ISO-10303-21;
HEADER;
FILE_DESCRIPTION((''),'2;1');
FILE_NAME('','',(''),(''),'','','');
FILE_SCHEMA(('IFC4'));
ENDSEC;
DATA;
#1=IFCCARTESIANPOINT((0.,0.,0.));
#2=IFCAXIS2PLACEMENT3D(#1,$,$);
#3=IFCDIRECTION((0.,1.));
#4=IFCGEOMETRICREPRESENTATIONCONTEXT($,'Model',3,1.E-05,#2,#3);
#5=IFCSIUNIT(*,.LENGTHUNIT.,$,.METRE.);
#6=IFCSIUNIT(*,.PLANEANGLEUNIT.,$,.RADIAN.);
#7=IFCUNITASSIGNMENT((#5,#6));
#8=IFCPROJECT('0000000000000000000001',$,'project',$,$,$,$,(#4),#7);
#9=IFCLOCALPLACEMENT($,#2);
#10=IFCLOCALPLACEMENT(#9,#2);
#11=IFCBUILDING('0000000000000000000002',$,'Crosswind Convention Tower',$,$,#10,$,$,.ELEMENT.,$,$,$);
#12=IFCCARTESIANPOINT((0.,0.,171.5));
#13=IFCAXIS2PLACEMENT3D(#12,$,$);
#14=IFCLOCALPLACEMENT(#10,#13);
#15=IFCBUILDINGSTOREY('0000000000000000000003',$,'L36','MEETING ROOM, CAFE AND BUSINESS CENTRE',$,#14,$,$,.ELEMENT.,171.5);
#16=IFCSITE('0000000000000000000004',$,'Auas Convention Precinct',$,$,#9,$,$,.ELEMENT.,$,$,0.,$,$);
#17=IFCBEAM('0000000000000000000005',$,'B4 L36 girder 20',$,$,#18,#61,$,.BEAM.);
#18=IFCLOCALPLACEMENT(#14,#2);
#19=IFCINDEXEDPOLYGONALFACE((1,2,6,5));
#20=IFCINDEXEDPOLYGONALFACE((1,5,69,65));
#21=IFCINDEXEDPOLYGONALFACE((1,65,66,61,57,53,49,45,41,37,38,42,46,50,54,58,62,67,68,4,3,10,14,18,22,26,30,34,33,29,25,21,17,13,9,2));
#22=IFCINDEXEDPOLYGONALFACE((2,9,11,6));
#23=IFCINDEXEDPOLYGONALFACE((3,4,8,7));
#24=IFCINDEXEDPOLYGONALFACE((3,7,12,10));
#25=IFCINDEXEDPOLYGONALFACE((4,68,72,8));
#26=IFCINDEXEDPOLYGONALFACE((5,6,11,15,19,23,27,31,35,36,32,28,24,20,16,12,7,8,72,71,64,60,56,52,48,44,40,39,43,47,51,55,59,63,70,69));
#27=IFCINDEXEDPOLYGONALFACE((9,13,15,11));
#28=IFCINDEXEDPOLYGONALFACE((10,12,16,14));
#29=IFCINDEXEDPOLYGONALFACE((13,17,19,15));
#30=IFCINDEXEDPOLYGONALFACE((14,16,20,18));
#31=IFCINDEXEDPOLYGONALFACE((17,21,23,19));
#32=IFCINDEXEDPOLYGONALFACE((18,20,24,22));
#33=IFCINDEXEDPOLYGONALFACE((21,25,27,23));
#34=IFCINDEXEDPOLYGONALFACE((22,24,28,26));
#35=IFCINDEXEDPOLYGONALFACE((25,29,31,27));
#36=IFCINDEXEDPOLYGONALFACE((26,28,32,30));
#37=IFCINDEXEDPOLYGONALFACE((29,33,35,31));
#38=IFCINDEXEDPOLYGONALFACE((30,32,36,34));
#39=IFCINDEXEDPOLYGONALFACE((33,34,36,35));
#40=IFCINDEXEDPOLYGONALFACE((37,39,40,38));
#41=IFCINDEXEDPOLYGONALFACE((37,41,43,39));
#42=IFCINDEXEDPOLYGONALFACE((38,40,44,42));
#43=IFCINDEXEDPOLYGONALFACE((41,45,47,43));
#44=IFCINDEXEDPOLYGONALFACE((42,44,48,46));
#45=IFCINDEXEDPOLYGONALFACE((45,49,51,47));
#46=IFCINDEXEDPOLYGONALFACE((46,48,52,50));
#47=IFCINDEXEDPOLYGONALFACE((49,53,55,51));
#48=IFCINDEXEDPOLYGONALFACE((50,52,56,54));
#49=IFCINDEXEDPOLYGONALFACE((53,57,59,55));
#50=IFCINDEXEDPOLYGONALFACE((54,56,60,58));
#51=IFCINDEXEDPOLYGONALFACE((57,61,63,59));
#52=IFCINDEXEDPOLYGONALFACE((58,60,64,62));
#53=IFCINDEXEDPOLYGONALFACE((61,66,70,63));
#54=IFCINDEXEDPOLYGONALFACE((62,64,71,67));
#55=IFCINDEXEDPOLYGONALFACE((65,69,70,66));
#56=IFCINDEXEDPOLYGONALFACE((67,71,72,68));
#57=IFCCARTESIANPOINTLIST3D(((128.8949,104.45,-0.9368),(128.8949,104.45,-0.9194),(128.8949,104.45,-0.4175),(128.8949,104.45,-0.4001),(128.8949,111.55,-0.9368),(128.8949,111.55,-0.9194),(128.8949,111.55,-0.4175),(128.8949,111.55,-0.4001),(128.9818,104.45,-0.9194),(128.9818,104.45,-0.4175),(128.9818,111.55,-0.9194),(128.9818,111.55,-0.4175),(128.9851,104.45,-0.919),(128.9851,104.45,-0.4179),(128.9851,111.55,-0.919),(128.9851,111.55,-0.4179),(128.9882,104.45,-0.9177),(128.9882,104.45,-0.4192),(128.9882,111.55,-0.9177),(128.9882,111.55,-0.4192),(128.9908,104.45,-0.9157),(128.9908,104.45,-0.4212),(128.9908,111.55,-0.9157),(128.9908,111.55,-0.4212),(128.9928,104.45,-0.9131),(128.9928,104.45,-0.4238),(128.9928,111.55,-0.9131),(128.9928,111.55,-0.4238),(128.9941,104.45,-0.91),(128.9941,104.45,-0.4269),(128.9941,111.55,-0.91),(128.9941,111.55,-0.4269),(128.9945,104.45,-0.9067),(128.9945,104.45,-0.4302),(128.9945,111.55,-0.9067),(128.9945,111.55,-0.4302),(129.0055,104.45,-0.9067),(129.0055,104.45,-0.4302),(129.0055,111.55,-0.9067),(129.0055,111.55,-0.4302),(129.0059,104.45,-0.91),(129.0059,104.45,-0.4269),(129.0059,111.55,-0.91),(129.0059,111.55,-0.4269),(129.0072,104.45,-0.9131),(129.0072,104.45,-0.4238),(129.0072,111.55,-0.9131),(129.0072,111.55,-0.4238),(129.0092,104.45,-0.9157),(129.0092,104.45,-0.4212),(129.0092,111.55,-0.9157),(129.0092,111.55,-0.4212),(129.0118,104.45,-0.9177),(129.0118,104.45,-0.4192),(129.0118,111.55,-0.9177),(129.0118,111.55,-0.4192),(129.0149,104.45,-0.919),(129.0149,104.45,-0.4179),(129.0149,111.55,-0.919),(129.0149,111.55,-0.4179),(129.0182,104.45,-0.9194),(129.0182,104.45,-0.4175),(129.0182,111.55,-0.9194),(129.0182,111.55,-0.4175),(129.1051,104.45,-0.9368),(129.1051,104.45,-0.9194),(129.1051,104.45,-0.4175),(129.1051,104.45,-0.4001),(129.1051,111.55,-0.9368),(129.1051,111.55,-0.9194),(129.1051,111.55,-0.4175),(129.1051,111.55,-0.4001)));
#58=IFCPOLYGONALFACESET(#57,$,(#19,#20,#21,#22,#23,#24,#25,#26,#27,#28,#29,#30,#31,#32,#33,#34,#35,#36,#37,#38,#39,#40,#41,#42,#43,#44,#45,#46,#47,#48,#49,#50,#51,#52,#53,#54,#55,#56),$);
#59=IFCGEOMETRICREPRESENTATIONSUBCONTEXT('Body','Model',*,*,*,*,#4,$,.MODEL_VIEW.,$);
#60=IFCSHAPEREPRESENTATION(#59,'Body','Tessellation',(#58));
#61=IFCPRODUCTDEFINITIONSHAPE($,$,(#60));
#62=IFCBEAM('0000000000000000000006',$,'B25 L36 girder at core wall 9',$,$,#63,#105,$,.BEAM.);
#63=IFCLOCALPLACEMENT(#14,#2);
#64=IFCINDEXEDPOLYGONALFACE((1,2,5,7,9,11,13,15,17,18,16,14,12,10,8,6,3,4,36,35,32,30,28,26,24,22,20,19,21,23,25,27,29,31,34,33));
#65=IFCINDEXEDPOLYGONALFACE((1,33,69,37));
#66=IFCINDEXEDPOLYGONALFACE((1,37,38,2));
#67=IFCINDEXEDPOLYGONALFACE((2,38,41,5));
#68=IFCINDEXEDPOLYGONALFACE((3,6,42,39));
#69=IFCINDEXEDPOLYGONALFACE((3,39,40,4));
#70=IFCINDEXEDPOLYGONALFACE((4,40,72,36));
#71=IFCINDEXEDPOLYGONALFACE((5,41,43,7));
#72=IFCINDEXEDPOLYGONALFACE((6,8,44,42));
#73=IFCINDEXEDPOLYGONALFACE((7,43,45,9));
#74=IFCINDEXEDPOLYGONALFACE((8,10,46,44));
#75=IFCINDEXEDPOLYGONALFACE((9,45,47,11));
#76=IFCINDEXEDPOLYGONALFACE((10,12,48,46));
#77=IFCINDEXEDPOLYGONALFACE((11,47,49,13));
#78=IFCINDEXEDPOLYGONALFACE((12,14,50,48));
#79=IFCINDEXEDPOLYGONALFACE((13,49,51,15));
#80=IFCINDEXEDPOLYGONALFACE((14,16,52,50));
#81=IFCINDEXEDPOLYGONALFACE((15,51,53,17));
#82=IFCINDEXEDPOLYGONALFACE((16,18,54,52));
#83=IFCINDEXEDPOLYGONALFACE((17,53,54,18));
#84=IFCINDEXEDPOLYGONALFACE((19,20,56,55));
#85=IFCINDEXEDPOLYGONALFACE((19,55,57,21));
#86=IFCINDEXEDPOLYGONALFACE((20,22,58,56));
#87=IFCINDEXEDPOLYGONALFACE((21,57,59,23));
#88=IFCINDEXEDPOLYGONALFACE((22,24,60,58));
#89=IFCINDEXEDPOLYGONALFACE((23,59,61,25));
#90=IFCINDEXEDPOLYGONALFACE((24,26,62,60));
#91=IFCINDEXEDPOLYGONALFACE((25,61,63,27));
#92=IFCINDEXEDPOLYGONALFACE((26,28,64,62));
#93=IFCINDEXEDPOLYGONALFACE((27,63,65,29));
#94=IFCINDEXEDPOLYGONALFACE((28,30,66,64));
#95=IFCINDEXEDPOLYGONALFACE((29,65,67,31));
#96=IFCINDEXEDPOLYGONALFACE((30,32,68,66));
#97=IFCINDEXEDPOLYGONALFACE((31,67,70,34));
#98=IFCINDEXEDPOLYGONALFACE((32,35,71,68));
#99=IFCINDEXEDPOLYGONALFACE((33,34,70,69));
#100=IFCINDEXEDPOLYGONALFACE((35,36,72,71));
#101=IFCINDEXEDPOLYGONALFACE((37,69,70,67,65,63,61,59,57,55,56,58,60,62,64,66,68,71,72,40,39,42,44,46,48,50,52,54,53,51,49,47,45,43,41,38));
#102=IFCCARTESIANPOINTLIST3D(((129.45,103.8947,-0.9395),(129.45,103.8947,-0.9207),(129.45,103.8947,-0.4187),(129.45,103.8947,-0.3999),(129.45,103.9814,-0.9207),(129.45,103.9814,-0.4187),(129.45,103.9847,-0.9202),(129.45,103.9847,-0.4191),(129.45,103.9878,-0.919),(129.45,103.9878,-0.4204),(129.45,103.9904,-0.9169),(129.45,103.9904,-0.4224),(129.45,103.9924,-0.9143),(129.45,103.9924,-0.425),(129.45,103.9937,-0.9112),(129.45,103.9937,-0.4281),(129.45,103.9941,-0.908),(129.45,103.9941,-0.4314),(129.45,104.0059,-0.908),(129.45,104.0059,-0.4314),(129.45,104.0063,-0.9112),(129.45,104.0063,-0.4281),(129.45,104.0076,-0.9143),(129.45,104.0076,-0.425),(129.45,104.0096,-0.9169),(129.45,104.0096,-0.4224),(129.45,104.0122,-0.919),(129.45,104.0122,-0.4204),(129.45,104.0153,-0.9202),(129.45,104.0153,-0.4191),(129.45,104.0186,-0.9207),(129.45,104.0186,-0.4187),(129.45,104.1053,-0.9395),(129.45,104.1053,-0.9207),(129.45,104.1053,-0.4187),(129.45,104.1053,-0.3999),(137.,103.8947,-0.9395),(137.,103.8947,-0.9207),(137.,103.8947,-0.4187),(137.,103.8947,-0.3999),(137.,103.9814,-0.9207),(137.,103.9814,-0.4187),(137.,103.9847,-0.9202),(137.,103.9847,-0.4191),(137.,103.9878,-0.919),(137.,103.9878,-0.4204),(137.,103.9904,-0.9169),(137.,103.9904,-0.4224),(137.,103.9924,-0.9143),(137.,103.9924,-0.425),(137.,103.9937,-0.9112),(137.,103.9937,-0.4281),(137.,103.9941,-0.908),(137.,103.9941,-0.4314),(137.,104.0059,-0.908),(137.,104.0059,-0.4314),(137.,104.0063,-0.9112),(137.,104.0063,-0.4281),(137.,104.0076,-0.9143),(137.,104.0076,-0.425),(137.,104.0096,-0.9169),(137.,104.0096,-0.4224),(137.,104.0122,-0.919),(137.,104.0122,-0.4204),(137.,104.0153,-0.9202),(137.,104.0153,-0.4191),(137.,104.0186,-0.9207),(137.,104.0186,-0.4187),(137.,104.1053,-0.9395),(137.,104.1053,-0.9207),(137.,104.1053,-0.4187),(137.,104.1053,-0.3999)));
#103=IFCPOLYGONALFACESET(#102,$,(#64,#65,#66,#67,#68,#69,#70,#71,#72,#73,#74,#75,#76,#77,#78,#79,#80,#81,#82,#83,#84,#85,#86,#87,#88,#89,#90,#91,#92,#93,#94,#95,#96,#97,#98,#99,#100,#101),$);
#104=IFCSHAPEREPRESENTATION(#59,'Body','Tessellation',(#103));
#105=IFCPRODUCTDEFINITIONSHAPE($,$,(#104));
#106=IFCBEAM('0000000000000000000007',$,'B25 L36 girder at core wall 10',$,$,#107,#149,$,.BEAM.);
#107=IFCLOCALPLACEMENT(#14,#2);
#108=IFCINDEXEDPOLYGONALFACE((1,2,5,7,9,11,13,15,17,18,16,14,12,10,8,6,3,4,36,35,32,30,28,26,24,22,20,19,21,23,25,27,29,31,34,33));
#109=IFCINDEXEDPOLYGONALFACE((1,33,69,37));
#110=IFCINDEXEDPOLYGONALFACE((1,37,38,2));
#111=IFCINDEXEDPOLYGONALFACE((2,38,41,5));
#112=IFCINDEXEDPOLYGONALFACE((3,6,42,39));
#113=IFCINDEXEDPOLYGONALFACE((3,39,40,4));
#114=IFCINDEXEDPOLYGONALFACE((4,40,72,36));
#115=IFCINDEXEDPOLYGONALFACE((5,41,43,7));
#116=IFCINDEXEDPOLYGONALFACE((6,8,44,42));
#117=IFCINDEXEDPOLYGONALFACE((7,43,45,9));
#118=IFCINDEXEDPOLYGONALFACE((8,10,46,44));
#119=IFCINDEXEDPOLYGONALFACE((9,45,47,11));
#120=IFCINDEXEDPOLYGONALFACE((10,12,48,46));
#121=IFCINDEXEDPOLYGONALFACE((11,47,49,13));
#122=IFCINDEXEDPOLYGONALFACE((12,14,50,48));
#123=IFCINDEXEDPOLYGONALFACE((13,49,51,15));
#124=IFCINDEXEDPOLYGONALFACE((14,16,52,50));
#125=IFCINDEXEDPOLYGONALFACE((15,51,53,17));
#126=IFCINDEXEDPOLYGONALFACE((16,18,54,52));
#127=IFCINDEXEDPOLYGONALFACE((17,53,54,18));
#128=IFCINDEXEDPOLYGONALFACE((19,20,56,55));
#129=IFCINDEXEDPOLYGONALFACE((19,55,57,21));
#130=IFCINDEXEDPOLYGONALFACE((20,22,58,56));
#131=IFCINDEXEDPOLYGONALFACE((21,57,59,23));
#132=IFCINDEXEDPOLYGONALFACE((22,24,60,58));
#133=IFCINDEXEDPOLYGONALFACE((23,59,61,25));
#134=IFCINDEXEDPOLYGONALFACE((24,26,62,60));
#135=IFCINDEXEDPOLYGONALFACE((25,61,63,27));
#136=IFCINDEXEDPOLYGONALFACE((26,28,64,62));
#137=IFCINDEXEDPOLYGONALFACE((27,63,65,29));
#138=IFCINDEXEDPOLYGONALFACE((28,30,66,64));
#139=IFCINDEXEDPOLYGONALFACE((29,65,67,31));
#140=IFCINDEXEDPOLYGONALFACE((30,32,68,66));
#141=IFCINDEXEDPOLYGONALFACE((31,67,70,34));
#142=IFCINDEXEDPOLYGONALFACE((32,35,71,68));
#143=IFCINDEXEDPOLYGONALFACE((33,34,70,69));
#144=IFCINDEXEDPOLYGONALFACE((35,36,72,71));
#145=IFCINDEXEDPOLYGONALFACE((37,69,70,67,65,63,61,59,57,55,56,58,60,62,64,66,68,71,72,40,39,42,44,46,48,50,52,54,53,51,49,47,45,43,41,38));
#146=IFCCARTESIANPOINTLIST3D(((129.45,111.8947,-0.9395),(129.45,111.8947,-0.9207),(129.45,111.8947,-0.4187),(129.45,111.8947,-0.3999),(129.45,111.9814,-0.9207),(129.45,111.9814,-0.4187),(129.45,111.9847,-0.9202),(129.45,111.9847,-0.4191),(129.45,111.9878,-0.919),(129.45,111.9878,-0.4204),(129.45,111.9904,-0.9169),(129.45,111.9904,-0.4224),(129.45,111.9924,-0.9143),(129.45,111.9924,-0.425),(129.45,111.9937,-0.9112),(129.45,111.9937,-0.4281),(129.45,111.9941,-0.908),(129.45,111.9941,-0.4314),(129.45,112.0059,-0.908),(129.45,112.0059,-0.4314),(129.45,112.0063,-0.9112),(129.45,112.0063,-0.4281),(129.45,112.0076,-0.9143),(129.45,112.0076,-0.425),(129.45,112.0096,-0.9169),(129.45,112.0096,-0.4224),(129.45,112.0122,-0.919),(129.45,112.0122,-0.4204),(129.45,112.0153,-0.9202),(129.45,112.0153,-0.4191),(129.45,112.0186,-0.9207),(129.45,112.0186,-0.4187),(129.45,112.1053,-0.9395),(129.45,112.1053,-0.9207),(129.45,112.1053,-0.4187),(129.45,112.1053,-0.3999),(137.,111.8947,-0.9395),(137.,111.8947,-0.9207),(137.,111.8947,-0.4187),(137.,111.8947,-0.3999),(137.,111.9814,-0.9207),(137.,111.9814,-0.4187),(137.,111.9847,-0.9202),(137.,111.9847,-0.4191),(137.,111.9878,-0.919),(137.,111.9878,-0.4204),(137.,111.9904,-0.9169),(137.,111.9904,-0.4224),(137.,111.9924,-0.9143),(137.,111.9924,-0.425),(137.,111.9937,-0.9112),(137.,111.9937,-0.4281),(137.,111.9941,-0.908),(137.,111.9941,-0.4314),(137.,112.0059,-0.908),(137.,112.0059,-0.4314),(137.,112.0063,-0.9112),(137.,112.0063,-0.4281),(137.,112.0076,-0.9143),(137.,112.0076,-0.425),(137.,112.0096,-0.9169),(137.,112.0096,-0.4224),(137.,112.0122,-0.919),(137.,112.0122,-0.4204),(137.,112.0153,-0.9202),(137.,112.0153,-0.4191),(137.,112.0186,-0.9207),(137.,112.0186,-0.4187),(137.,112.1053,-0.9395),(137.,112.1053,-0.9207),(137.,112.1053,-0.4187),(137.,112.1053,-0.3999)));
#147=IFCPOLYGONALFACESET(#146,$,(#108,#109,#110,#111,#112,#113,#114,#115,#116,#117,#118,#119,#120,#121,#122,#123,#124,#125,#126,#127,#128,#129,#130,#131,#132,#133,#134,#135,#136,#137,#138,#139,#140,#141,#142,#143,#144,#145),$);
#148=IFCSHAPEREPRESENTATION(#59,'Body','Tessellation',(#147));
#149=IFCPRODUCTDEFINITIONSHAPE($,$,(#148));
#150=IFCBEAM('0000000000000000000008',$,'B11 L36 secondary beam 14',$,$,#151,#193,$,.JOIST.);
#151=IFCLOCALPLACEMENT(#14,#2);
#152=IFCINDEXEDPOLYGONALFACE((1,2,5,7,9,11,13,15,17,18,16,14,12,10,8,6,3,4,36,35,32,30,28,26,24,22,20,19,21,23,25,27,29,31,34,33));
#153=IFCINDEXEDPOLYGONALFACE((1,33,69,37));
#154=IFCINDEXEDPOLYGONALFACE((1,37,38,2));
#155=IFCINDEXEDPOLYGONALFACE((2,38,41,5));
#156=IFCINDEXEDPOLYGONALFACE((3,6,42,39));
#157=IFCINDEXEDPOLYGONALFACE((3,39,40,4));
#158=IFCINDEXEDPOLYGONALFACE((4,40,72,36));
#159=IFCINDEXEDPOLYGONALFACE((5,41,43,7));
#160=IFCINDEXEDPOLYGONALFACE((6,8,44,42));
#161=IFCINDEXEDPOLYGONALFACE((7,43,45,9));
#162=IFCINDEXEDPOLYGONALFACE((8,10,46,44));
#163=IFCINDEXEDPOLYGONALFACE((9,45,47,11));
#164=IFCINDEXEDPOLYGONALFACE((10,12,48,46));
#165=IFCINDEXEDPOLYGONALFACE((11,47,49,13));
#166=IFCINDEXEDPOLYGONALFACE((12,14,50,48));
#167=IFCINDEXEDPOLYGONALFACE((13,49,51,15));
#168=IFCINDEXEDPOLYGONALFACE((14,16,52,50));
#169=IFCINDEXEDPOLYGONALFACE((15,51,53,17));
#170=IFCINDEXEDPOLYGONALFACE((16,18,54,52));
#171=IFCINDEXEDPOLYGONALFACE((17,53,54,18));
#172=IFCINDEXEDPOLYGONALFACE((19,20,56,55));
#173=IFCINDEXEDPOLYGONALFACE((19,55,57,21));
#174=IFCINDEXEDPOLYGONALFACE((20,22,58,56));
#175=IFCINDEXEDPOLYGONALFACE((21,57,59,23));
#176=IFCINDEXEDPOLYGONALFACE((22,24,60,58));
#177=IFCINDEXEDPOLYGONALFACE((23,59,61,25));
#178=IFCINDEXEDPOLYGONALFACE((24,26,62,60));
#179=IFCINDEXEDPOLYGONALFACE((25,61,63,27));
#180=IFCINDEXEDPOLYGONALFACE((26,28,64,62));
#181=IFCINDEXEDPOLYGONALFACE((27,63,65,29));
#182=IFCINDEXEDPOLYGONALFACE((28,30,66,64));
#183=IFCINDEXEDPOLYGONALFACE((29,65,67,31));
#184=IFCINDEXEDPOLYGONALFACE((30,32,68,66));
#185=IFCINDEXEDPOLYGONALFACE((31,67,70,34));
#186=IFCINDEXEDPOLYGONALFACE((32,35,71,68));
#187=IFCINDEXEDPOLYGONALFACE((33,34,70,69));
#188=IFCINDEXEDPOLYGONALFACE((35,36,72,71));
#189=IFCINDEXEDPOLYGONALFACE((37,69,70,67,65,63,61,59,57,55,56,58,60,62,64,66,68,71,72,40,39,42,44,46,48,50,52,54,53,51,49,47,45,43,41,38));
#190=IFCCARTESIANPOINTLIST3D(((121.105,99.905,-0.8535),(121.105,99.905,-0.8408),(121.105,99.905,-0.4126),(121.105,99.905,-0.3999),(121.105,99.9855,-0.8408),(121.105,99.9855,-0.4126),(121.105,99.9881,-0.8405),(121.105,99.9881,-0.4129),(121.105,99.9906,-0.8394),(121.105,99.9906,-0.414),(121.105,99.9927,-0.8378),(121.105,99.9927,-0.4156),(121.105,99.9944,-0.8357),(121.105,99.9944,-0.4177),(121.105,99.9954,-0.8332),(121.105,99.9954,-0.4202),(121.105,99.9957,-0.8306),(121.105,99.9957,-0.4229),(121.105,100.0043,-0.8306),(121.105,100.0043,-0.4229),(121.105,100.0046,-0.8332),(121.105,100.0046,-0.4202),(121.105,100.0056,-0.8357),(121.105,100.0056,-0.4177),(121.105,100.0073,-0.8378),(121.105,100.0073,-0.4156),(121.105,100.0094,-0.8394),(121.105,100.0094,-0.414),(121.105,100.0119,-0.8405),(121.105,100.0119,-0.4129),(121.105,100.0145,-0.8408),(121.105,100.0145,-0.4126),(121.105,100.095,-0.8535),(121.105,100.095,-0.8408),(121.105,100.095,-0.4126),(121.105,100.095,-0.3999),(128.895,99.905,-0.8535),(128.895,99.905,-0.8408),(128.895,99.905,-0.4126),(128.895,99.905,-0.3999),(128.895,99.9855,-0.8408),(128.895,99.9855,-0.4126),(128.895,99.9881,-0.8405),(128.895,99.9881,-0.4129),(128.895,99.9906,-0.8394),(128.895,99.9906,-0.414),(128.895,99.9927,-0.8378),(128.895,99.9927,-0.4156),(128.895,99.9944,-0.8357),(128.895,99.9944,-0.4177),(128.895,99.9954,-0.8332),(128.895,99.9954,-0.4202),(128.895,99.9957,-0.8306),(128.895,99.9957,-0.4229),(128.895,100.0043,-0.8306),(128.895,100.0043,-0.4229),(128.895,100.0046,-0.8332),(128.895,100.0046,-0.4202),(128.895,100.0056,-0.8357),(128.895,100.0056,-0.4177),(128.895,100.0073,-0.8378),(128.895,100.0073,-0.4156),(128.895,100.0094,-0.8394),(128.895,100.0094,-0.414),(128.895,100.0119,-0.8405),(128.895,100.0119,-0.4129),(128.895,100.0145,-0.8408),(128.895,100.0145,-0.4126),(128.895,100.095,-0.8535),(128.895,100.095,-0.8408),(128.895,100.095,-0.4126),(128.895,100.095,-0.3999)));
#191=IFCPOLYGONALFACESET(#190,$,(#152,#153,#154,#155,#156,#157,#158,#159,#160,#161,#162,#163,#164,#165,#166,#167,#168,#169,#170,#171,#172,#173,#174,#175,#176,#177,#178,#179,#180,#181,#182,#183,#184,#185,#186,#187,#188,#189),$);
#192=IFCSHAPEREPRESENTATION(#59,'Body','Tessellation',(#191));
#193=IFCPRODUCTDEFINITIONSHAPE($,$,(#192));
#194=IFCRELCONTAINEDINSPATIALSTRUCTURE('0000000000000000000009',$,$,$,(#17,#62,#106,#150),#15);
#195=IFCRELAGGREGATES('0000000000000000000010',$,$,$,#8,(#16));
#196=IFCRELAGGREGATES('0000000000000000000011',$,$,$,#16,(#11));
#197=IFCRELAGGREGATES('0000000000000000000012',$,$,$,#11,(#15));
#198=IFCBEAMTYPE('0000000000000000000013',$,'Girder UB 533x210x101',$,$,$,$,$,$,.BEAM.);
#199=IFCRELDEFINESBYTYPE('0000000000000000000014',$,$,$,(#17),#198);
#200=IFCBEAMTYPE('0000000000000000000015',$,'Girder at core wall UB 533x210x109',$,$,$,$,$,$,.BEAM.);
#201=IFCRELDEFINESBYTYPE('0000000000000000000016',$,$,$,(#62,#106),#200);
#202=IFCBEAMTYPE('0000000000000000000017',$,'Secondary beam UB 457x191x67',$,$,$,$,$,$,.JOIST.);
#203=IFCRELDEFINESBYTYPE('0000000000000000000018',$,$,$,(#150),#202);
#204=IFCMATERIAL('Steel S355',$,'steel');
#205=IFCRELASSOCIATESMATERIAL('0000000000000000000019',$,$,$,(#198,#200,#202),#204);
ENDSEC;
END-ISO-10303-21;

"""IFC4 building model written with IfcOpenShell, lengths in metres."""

from ifc_helpers import new_model, si_unit, direction, frame, origin, origin_2d, place, context, subcontext, project, spatial, i_section, extrude, material, material_profile, profile_set, type_object, element, save


model = new_model("IFC4")

# Units and contexts
model_context = context("Model", 3, precision=1e-05, world=origin(), true_north=direction((0.0, 1.0)))
body_context = subcontext(model_context, "Body", "Model", "MODEL_VIEW")
ifc_project = project(units=[si_unit("LENGTHUNIT", "METRE"), si_unit("PLANEANGLEUNIT", "RADIAN")], contexts=[model_context])

# Site, building, storey
site_placement = place(None, origin())
site = spatial("IfcSite", under=ifc_project, at=site_placement, Name="Auas Convention Precinct", CompositionType="ELEMENT", RefElevation=0.0)
building_placement = place(site_placement, origin())
building = spatial("IfcBuilding", under=site, at=building_placement, Name="Crosswind Convention Tower", CompositionType="ELEMENT")
storey_placement = place(building_placement, frame((0.0, 0.0, 171.5)))
storey = spatial("IfcBuildingStorey", under=building, at=storey_placement, Name="L36", Description="MEETING ROOM, CAFE AND BUSINESS CENTRE", CompositionType="ELEMENT", Elevation=171.5)

# Beams
ifc_material_1 = material(Name="Steel S355", Category="steel")
ifc_material_profile_1 = material_profile(ifc_material_1, i_section(OverallWidth=0.2102, OverallDepth=0.5366, WebThickness=0.011, FlangeThickness=0.0173, FilletRadius=0.0127, at=origin_2d()), Name="UB 533x210x101")
ifc_profile_set_1 = profile_set([ifc_material_profile_1], Name="Steel S355")
beam_type_1 = type_object("IfcBeamType", Name="Girder UB 533x210x101", PredefinedType="BEAM", material=ifc_profile_set_1)
for number, where, z_axis, x_axis, name in (
    (1, (129.0, 104.45, -0.6685), (0.0, 1.0, 0.0), (-1.0, 0.0, 0.0), "B4 L36 girder 20"),
):
    element("IfcBeam", number, at=place(storey_placement, frame(where, z_axis=z_axis, x_axis=x_axis)), inside=storey, type_object=beam_type_1, Name=name, PredefinedType="BEAM", context=body_context, shape_type="SweptSolid", body=[
        extrude(i_section(OverallWidth=0.2102, OverallDepth=0.5366, WebThickness=0.011, FlangeThickness=0.0173, FilletRadius=0.0127, at=origin_2d()), origin(), (0.0, 0.0, 1.0), 7.1001),
    ])
ifc_material_profile_2 = material_profile(ifc_material_1, i_section(OverallWidth=0.2107, OverallDepth=0.5396, WebThickness=0.0117, FlangeThickness=0.0188, FilletRadius=0.0127, at=origin_2d()), Name="UB 533x210x109")
ifc_profile_set_2 = profile_set([ifc_material_profile_2], Name="Steel S355")
beam_type_2 = type_object("IfcBeamType", Name="Girder at core wall UB 533x210x109", PredefinedType="BEAM", material=ifc_profile_set_2)
for number, where, z_axis, x_axis, name in (
    (2, (129.45, 104.0, -0.6697), (1.0, 0.0, 0.0), (0.0, 1.0, 0.0), "B25 L36 girder at core wall 9"),
    (3, (129.45, 112.0, -0.6697), (1.0, 0.0, 0.0), (0.0, 1.0, 0.0), "B25 L36 girder at core wall 10"),
):
    element("IfcBeam", number, at=place(storey_placement, frame(where, z_axis=z_axis, x_axis=x_axis)), inside=storey, type_object=beam_type_2, Name=name, PredefinedType="BEAM", context=body_context, shape_type="SweptSolid", body=[
        extrude(i_section(OverallWidth=0.2107, OverallDepth=0.5396, WebThickness=0.0117, FlangeThickness=0.0188, FilletRadius=0.0127, at=origin_2d()), origin(), (0.0, 0.0, 1.0), 7.55),
    ])
ifc_material_profile_3 = material_profile(ifc_material_1, i_section(OverallWidth=0.1899, OverallDepth=0.4536, WebThickness=0.0085, FlangeThickness=0.0127, FilletRadius=0.0103, at=origin_2d()), Name="UB 457x191x67")
ifc_profile_set_3 = profile_set([ifc_material_profile_3], Name="Steel S355")
beam_type_3 = type_object("IfcBeamType", Name="Secondary beam UB 457x191x67", PredefinedType="JOIST", material=ifc_profile_set_3)
for number, where, z_axis, x_axis, name in (
    (4, (121.105, 100.0, -0.6267), (1.0, 0.0, 0.0), (0.0, 1.0, 0.0), "B11 L36 secondary beam 14"),
):
    element("IfcBeam", number, at=place(storey_placement, frame(where, z_axis=z_axis, x_axis=x_axis)), inside=storey, type_object=beam_type_3, Name=name, PredefinedType="JOIST", context=body_context, shape_type="SweptSolid", body=[
        extrude(i_section(OverallWidth=0.1899, OverallDepth=0.4536, WebThickness=0.0085, FlangeThickness=0.0127, FilletRadius=0.0103, at=origin_2d()), origin(), (0.0, 0.0, 1.0), 7.79),
    ])

save(model, "model.ifc")
